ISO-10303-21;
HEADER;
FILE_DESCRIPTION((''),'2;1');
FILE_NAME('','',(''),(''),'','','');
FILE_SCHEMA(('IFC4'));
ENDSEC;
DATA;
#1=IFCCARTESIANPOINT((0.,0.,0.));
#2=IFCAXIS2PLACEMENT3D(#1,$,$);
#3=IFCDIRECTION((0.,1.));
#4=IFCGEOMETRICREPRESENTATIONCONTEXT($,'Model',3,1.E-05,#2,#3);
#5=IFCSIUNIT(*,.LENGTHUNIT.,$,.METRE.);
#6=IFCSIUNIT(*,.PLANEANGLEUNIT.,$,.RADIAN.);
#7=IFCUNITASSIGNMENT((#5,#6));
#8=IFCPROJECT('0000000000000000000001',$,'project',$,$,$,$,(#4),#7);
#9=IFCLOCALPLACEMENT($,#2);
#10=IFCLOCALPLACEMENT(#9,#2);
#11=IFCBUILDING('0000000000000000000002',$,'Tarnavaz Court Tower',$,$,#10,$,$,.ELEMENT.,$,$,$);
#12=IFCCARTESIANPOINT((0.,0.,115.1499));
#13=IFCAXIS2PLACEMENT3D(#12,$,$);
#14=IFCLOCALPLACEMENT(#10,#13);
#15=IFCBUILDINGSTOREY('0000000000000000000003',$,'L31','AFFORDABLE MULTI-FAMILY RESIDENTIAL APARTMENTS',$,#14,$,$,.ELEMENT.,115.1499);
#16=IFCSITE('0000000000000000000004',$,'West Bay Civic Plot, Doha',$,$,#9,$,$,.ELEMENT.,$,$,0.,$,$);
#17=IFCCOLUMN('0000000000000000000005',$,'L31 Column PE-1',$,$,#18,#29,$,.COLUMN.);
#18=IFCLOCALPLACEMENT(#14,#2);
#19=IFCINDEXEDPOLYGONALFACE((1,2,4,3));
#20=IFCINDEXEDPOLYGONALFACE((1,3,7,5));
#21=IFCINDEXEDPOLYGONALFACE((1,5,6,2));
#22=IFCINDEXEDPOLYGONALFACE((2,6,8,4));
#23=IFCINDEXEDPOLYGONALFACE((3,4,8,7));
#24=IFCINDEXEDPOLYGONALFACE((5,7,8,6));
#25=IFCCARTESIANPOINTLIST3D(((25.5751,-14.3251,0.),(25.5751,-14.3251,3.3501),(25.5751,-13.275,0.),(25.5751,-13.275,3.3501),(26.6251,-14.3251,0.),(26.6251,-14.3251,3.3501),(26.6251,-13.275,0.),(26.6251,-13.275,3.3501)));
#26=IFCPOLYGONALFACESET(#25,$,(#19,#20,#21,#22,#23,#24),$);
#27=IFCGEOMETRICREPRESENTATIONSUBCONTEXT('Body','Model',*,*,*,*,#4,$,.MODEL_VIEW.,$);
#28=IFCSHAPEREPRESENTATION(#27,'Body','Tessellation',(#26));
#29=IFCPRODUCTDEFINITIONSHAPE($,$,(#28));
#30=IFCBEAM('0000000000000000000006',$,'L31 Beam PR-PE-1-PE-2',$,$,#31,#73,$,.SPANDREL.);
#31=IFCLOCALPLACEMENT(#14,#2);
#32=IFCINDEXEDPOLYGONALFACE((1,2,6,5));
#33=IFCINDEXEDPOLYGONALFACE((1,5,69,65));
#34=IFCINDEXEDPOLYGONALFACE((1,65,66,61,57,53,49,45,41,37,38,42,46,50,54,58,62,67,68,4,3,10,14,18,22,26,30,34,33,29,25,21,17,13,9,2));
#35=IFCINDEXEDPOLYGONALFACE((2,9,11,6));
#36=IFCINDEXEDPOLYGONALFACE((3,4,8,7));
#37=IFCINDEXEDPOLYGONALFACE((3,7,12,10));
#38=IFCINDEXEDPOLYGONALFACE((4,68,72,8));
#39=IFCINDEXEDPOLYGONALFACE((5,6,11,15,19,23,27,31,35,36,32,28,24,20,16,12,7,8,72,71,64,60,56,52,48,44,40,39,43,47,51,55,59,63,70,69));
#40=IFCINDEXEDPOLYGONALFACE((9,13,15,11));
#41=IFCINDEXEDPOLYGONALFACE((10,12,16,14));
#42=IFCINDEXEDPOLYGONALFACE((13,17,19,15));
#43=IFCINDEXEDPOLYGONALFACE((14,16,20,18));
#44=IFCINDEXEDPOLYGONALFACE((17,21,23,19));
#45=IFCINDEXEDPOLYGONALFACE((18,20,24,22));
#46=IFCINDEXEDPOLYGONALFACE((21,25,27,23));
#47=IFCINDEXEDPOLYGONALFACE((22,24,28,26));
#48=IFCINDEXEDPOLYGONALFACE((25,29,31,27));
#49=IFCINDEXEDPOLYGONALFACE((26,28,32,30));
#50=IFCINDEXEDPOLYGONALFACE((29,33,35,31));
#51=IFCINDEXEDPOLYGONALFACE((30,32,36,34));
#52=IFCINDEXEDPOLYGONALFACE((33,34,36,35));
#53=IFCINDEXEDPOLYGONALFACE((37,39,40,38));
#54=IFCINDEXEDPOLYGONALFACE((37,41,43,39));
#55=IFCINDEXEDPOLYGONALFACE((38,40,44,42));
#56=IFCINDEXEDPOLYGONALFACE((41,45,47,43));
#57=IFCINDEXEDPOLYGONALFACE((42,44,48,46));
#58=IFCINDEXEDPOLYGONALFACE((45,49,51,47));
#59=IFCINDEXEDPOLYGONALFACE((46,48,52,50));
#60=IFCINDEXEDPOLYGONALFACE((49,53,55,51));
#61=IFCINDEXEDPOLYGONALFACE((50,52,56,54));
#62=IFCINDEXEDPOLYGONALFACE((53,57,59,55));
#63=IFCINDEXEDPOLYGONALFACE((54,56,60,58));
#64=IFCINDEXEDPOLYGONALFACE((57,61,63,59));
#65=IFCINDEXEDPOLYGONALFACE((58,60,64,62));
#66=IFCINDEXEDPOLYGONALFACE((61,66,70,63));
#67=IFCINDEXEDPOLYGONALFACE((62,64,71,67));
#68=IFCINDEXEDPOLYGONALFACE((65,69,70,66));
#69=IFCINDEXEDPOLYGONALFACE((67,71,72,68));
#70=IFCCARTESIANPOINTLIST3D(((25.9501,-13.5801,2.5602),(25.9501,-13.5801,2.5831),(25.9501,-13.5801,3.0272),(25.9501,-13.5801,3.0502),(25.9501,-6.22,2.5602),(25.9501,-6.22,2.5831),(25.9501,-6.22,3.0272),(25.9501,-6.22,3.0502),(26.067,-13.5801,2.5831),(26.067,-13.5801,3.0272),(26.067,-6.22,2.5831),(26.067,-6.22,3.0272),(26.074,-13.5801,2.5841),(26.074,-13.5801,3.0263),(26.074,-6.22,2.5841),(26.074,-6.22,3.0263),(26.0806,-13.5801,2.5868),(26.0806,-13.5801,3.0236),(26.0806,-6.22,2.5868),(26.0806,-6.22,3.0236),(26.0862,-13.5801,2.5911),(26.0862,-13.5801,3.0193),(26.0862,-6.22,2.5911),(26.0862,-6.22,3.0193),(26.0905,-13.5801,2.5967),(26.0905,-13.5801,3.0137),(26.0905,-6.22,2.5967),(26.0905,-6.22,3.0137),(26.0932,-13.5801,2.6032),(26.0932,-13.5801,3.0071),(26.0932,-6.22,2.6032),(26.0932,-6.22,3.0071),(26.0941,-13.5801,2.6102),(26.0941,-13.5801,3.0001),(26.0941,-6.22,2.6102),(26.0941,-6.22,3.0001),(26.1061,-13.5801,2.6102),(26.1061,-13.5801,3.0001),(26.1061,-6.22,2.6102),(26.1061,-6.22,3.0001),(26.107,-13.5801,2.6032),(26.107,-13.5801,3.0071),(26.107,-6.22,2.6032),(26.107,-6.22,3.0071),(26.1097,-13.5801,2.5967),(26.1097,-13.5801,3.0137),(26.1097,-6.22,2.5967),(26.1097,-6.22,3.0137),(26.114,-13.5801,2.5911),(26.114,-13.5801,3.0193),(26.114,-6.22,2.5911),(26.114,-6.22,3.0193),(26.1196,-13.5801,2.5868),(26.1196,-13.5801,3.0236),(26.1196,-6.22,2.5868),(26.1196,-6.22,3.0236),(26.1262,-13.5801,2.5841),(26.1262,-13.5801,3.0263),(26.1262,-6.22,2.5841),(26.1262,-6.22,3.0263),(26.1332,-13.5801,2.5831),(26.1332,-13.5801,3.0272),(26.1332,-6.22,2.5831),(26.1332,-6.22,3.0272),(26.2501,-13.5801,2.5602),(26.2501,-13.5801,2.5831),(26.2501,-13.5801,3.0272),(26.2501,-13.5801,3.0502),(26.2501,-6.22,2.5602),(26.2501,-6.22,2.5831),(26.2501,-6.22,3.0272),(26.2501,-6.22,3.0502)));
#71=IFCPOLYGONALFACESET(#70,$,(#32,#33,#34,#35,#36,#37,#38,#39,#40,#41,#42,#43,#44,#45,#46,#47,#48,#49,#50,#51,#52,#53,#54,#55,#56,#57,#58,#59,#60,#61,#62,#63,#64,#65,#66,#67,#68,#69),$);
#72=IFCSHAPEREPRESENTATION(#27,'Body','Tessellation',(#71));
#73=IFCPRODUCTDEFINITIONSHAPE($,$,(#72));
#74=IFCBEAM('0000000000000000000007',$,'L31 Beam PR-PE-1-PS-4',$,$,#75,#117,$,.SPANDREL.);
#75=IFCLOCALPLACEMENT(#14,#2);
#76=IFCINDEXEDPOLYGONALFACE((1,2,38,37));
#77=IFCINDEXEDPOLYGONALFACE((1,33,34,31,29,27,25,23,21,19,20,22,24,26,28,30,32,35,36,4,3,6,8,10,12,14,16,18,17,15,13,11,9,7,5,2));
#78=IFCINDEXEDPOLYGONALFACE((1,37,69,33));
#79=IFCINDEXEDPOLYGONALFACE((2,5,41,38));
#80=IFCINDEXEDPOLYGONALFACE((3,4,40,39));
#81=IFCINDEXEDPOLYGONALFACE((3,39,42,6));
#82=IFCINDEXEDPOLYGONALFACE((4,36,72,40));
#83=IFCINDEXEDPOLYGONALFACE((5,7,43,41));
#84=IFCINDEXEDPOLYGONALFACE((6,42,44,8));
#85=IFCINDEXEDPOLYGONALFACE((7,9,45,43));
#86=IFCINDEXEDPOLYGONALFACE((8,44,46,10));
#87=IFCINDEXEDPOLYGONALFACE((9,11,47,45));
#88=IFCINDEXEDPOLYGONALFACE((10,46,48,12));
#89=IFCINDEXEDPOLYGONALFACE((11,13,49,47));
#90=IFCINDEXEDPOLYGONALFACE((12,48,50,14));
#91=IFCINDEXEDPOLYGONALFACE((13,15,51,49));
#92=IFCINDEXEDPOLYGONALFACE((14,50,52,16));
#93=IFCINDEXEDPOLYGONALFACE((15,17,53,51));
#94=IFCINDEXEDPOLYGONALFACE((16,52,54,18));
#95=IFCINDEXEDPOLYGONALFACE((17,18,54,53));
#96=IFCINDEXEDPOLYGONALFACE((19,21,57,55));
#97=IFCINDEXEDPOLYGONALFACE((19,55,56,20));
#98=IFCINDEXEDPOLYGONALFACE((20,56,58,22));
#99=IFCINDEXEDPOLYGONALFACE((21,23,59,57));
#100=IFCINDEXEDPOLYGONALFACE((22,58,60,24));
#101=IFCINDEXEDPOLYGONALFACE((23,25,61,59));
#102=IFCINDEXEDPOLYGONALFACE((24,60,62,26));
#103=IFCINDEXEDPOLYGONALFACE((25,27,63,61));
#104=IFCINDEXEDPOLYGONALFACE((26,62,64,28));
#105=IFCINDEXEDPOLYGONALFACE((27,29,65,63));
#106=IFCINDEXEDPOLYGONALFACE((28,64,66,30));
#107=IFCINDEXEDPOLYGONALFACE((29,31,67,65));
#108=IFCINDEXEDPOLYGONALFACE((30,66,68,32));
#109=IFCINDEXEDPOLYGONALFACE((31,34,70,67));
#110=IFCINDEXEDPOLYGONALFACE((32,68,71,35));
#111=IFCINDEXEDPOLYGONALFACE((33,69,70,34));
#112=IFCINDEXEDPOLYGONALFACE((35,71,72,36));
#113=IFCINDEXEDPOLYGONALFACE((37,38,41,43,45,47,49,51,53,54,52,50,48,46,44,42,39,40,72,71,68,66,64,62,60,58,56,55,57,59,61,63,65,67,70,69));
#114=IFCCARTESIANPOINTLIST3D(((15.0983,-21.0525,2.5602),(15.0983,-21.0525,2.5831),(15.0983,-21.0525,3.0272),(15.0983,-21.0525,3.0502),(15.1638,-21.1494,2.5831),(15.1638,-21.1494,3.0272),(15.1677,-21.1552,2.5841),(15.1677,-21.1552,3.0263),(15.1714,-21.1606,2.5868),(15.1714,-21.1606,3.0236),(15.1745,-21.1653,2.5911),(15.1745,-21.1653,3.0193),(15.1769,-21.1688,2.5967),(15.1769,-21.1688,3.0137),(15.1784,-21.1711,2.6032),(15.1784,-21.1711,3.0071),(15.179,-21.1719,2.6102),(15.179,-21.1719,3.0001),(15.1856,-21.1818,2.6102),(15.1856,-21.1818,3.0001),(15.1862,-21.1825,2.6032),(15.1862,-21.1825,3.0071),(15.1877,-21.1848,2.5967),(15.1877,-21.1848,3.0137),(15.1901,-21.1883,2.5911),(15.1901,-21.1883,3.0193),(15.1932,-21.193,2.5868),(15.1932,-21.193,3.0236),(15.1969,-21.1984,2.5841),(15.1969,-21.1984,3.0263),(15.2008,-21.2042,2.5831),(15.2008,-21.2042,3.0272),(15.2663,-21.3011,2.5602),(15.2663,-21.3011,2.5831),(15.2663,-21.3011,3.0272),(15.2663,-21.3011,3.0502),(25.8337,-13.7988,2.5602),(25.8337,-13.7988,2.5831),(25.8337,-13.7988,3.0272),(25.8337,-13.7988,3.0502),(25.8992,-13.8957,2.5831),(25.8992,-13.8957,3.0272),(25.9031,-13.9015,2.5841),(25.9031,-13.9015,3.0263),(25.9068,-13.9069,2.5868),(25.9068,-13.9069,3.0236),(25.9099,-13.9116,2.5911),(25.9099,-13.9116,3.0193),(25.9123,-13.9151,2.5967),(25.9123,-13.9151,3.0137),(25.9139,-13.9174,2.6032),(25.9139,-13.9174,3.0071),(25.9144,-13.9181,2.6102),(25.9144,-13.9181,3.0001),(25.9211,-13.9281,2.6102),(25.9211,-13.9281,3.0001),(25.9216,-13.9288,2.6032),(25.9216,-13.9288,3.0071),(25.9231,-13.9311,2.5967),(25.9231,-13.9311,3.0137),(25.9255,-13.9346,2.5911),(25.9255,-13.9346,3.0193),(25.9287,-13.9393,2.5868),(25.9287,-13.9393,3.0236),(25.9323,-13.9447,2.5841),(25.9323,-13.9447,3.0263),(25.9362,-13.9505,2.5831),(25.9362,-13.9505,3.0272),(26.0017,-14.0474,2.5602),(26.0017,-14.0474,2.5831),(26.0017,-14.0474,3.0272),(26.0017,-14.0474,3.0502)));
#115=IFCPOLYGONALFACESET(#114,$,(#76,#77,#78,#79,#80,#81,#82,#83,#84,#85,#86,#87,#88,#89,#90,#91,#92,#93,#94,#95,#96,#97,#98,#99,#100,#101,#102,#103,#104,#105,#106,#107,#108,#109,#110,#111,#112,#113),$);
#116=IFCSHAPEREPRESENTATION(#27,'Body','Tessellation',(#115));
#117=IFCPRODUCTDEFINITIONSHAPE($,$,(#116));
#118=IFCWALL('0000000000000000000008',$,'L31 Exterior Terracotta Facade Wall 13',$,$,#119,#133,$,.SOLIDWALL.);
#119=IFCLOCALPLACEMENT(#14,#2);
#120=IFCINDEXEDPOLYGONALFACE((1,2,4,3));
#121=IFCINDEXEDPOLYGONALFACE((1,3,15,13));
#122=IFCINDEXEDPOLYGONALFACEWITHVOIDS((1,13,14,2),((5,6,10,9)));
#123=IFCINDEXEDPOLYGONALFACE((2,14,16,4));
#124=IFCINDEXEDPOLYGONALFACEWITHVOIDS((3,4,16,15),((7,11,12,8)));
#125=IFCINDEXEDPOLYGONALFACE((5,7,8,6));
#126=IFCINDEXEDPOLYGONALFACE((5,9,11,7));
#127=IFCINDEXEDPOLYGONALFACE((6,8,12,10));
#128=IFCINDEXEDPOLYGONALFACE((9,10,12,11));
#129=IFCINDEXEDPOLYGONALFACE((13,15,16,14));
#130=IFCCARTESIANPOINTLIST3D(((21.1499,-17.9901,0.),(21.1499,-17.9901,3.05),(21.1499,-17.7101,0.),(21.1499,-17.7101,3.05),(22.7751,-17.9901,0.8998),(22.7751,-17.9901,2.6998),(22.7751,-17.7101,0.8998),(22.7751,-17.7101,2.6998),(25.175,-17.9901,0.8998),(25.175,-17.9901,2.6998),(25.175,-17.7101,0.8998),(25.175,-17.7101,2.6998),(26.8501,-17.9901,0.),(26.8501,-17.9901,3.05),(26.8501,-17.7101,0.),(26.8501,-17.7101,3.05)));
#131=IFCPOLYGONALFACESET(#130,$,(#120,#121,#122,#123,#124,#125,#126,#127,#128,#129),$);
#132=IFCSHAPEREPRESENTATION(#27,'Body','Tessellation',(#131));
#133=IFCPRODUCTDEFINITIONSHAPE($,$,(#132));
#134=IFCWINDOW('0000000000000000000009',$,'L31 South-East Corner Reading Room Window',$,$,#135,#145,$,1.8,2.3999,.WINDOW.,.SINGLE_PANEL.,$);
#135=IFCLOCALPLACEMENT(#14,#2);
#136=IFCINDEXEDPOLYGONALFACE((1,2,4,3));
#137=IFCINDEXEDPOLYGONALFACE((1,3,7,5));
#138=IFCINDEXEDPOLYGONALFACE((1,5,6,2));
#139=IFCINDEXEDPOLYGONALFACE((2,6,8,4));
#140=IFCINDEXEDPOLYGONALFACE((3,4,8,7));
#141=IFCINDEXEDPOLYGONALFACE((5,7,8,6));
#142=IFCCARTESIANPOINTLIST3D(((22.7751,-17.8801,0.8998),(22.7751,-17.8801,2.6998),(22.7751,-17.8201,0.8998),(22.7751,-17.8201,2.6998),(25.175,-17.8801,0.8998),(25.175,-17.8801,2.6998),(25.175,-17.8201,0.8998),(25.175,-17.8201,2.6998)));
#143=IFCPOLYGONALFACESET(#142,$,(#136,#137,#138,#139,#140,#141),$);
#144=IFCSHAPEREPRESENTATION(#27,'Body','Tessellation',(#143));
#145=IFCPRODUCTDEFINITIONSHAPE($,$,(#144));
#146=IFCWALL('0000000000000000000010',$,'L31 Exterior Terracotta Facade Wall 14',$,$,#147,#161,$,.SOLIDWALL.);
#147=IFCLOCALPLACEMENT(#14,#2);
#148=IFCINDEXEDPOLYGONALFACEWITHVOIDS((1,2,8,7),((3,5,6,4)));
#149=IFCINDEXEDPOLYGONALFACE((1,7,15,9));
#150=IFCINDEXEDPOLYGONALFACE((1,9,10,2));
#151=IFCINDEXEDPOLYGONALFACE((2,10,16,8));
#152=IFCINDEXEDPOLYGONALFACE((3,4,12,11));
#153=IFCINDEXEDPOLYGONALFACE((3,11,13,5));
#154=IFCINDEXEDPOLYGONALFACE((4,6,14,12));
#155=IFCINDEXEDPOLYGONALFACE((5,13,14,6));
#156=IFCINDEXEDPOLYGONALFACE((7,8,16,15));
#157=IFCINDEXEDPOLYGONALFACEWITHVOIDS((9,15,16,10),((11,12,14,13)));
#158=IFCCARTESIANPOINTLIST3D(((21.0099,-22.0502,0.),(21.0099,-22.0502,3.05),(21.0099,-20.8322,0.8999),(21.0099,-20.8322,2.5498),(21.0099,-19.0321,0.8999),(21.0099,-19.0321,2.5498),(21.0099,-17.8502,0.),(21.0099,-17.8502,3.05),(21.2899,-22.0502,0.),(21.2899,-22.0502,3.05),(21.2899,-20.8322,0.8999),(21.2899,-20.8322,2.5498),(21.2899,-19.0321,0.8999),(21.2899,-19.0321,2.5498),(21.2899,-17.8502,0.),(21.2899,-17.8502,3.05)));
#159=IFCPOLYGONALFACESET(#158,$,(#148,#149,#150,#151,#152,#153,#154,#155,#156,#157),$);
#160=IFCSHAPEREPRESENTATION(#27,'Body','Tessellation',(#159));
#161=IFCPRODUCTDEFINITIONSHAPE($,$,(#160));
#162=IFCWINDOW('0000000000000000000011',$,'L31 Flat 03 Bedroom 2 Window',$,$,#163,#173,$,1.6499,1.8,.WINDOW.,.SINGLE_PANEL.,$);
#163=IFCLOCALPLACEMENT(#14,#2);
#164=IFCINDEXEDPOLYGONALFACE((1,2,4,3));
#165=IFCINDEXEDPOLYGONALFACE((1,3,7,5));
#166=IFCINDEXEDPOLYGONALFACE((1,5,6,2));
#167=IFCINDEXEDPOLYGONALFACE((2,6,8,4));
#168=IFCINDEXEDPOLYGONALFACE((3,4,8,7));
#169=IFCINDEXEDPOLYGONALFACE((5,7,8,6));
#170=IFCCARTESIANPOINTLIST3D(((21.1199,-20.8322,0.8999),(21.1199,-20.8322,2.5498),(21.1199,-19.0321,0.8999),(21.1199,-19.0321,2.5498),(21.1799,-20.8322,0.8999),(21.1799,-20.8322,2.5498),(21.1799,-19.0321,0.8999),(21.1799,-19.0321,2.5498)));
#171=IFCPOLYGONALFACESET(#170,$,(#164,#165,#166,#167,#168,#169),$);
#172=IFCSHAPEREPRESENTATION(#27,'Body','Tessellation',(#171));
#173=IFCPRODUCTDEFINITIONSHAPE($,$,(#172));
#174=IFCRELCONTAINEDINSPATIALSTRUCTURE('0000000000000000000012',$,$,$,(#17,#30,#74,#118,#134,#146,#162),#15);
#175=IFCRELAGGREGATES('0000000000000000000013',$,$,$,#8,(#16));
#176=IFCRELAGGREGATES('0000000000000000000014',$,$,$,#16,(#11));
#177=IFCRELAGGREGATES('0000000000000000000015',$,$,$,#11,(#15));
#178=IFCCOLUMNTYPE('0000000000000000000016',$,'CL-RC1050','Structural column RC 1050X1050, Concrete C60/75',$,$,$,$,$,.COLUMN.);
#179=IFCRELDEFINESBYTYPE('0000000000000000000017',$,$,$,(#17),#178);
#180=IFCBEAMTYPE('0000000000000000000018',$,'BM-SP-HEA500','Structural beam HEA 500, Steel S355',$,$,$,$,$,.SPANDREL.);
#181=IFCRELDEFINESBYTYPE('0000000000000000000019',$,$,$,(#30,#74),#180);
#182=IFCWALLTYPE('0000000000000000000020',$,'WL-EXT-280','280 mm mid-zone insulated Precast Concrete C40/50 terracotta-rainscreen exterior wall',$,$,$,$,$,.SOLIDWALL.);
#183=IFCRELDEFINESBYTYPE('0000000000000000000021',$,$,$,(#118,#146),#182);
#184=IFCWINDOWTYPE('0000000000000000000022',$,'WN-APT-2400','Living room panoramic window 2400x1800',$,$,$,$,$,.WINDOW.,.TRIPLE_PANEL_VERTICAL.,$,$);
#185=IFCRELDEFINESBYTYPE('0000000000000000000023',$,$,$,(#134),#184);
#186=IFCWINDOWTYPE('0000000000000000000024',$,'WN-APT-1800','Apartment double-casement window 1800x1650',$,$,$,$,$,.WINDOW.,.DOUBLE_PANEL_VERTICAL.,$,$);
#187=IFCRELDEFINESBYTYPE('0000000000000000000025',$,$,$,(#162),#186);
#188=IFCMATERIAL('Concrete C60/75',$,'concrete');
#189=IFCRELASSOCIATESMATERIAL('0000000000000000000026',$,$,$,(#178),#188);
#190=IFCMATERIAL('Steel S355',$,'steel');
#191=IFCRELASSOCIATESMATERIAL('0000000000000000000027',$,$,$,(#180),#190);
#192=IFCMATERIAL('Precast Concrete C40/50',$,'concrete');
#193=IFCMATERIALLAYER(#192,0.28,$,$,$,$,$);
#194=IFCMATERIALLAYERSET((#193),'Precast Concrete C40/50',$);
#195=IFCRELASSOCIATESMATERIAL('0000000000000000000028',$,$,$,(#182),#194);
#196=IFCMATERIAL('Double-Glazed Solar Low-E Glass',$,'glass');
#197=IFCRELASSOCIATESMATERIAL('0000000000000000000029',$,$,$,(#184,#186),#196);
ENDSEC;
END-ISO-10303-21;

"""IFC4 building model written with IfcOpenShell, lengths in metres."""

from ifc_helpers import new_model, si_unit, direction, frame, frame_2d, origin, origin_2d, place, context, subcontext, project, spatial, rectangle, i_section, extrude, material, layer, layer_set, material_profile, profile_set, type_object, element, fill, save


model = new_model("IFC4")

# Units and contexts
model_context = context("Model", 3, precision=1e-05, world=origin(), true_north=direction((0.0, 1.0)))
body_context = subcontext(model_context, "Body", "Model", "MODEL_VIEW")
ifc_project = project(units=[si_unit("LENGTHUNIT", "METRE"), si_unit("PLANEANGLEUNIT", "RADIAN")], contexts=[model_context])

# Site, building, storey
site_placement = place(None, origin())
site = spatial("IfcSite", under=ifc_project, at=site_placement, Name="West Bay Civic Plot, Doha", CompositionType="ELEMENT", RefElevation=0.0)
building_placement = place(site_placement, origin())
building = spatial("IfcBuilding", under=site, at=building_placement, Name="Tarnavaz Court Tower", CompositionType="ELEMENT")
storey_placement = place(building_placement, frame((0.0, 0.0, 115.1499)))
storey = spatial("IfcBuildingStorey", under=building, at=storey_placement, Name="L31", Description="AFFORDABLE MULTI-FAMILY RESIDENTIAL APARTMENTS", CompositionType="ELEMENT", Elevation=115.1499)

# Column
ifc_material_1 = material(Name="Concrete C60/75", Category="concrete")
ifc_material_profile_1 = material_profile(ifc_material_1, rectangle(XDim=1.05, YDim=1.05, at=origin_2d()), Name="RC 1050X1050")
ifc_profile_set_1 = profile_set([ifc_material_profile_1], Name="Concrete C60/75")
column_type = type_object("IfcColumnType", Name="CL-RC1050", Description="Structural column RC 1050X1050, Concrete C60/75", PredefinedType="COLUMN", material=ifc_profile_set_1)
column_placement = place(storey_placement, frame((26.1001, -13.8, 0.0), z_axis=(0.0, 0.0, 1.0), x_axis=(1.0, 0.0, 0.0)))
element("IfcColumn", 1, at=column_placement, inside=storey, type_object=column_type, Name="L31 Column PE-1", PredefinedType="COLUMN", context=body_context, shape_type="SweptSolid", body=[
    extrude(rectangle(XDim=1.05, YDim=1.05, at=origin_2d()), origin(), (0.0, 0.0, 1.0), 3.3501),
])

# Beams
ifc_material_2 = material(Name="Steel S355", Category="steel")
ifc_material_profile_2 = material_profile(ifc_material_2, i_section(OverallWidth=0.3, OverallDepth=0.49, WebThickness=0.012, FlangeThickness=0.0229, FilletRadius=0.0271, at=origin_2d()), Name="HEA 500")
ifc_profile_set_2 = profile_set([ifc_material_profile_2], Name="Steel S355")
beam_type = type_object("IfcBeamType", Name="BM-SP-HEA500", Description="Structural beam HEA 500, Steel S355", PredefinedType="SPANDREL", material=ifc_profile_set_2)
beam_1_placement = place(storey_placement, frame((26.1001, -13.5801, 2.8052), z_axis=(0.0, 1.0, 0.0), x_axis=(-1.0, 0.0, 0.0)))
element("IfcBeam", 2, at=beam_1_placement, inside=storey, type_object=beam_type, Name="L31 Beam PR-PE-1-PE-2", PredefinedType="SPANDREL", context=body_context, shape_type="SweptSolid", body=[
    extrude(i_section(OverallWidth=0.3, OverallDepth=0.49, WebThickness=0.012, FlangeThickness=0.0229, FilletRadius=0.0271, at=origin_2d()), origin(), (0.0, 0.0, 1.0), 7.3601),
])
beam_2_placement = place(storey_placement, frame((25.9177, -13.9231, 2.8052), z_axis=(-0.828587, -0.55986, 0.0), x_axis=(0.55986, -0.828587, 0.0)))
element("IfcBeam", 3, at=beam_2_placement, inside=storey, type_object=beam_type, Name="L31 Beam PR-PE-1-PS-4", PredefinedType="SPANDREL", context=body_context, shape_type="SweptSolid", body=[
    extrude(i_section(OverallWidth=0.3, OverallDepth=0.49, WebThickness=0.012, FlangeThickness=0.0229, FilletRadius=0.0271, at=origin_2d()), origin(), (0.0, 0.0, 1.0), 12.9563),
])

# Walls, openings, windows
ifc_material_3 = material(Name="Precast Concrete C40/50", Category="concrete")
ifc_layer_1 = layer(ifc_material_3, 0.28)
ifc_layer_set_1 = layer_set([ifc_layer_1], Name="Precast Concrete C40/50")
wall_type_1 = type_object("IfcWallType", Name="WL-EXT-280", Description="280 mm mid-zone insulated Precast Concrete C40/50 terracotta-rainscreen exterior wall", PredefinedType="SOLIDWALL", material=ifc_layer_set_1)
wall_1_placement = place(storey_placement, frame((26.8501, -17.8501, 0.0), z_axis=(0.0, 0.0, 1.0), x_axis=(-1.0, 0.0, 0.0)))
wall_1 = element("IfcWall", 4, at=wall_1_placement, inside=storey, type_object=wall_type_1, Name="L31 Exterior Terracotta Facade Wall 13", PredefinedType="SOLIDWALL", context=body_context, shape_type="SweptSolid", body=[
    extrude(rectangle(XDim=5.7002, YDim=0.28, at=frame_2d((2.8501, 0.0))), origin(), (0.0, 0.0, 1.0), 3.05),
])
opening_1_placement = place(wall_1_placement, frame((1.675, 0.0, 0.8999)))
opening_1 = element("IfcOpeningElement", 5, at=opening_1_placement, cuts=wall_1, PredefinedType="OPENING", context=body_context, shape_type="SweptSolid", body=[
    extrude(rectangle(XDim=2.3999, YDim=1.8, at=frame_2d((1.2, 0.8999))), frame((0.0, 0.1499, 0.0), z_axis=(0.0, -1.0, 0.0), x_axis=(1.0, 0.0, 0.0)), (0.0, 0.0, 1.0), 0.3),
])
ifc_material_4 = material(Name="Double-Glazed Solar Low-E Glass", Category="glass")
window_type_1 = type_object("IfcWindowType", Name="WN-APT-2400", Description="Living room panoramic window 2400x1800", PartitioningType="TRIPLE_PANEL_VERTICAL", PredefinedType="WINDOW", material=ifc_material_4)
window_1_placement = place(opening_1_placement, origin())
window_1 = element("IfcWindow", 6, at=window_1_placement, inside=storey, type_object=window_type_1, Name="L31 South-East Corner Reading Room Window", OverallHeight=1.8, OverallWidth=2.3999, PartitioningType="SINGLE_PANEL", PredefinedType="WINDOW", context=body_context, shape_type="SweptSolid", body=[
    extrude(rectangle(XDim=2.3999, YDim=1.8, at=frame_2d((1.2, 0.8999))), frame((0.0, 0.03, 0.0), z_axis=(0.0, -1.0, 0.0), x_axis=(1.0, 0.0, 0.0)), (0.0, 0.0, 1.0), 0.0601),
])
fill(opening_1, window_1)
wall_2_placement = place(storey_placement, frame((21.1499, -17.8501, 0.0), z_axis=(0.0, 0.0, 1.0), x_axis=(0.0, -1.0, 0.0)))
wall_2 = element("IfcWall", 7, at=wall_2_placement, inside=storey, type_object=wall_type_1, Name="L31 Exterior Terracotta Facade Wall 14", PredefinedType="SOLIDWALL", context=body_context, shape_type="SweptSolid", body=[
    extrude(rectangle(XDim=4.2, YDim=0.28, at=frame_2d((2.1001, 0.0))), origin(), (0.0, 0.0, 1.0), 3.05),
])
opening_2_placement = place(wall_2_placement, frame((1.1821, 0.0, 0.8999)))
opening_2 = element("IfcOpeningElement", 8, at=opening_2_placement, cuts=wall_2, PredefinedType="OPENING", context=body_context, shape_type="SweptSolid", body=[
    extrude(rectangle(XDim=1.8, YDim=1.6499, at=frame_2d((0.8999, 0.825))), frame((0.0, 0.1499, 0.0), z_axis=(0.0, -1.0, 0.0), x_axis=(1.0, 0.0, 0.0)), (0.0, 0.0, 1.0), 0.3),
])
window_type_2 = type_object("IfcWindowType", Name="WN-APT-1800", Description="Apartment double-casement window 1800x1650", PartitioningType="DOUBLE_PANEL_VERTICAL", PredefinedType="WINDOW", material=ifc_material_4)
window_2_placement = place(opening_2_placement, origin())
window_2 = element("IfcWindow", 9, at=window_2_placement, inside=storey, type_object=window_type_2, Name="L31 Flat 03 Bedroom 2 Window", OverallHeight=1.6499, OverallWidth=1.8, PartitioningType="SINGLE_PANEL", PredefinedType="WINDOW", context=body_context, shape_type="SweptSolid", body=[
    extrude(rectangle(XDim=1.8, YDim=1.6499, at=frame_2d((0.8999, 0.825))), frame((0.0, 0.03, 0.0), z_axis=(0.0, -1.0, 0.0), x_axis=(1.0, 0.0, 0.0)), (0.0, 0.0, 1.0), 0.0601),
])
fill(opening_2, window_2)

save(model, "model.ifc")
